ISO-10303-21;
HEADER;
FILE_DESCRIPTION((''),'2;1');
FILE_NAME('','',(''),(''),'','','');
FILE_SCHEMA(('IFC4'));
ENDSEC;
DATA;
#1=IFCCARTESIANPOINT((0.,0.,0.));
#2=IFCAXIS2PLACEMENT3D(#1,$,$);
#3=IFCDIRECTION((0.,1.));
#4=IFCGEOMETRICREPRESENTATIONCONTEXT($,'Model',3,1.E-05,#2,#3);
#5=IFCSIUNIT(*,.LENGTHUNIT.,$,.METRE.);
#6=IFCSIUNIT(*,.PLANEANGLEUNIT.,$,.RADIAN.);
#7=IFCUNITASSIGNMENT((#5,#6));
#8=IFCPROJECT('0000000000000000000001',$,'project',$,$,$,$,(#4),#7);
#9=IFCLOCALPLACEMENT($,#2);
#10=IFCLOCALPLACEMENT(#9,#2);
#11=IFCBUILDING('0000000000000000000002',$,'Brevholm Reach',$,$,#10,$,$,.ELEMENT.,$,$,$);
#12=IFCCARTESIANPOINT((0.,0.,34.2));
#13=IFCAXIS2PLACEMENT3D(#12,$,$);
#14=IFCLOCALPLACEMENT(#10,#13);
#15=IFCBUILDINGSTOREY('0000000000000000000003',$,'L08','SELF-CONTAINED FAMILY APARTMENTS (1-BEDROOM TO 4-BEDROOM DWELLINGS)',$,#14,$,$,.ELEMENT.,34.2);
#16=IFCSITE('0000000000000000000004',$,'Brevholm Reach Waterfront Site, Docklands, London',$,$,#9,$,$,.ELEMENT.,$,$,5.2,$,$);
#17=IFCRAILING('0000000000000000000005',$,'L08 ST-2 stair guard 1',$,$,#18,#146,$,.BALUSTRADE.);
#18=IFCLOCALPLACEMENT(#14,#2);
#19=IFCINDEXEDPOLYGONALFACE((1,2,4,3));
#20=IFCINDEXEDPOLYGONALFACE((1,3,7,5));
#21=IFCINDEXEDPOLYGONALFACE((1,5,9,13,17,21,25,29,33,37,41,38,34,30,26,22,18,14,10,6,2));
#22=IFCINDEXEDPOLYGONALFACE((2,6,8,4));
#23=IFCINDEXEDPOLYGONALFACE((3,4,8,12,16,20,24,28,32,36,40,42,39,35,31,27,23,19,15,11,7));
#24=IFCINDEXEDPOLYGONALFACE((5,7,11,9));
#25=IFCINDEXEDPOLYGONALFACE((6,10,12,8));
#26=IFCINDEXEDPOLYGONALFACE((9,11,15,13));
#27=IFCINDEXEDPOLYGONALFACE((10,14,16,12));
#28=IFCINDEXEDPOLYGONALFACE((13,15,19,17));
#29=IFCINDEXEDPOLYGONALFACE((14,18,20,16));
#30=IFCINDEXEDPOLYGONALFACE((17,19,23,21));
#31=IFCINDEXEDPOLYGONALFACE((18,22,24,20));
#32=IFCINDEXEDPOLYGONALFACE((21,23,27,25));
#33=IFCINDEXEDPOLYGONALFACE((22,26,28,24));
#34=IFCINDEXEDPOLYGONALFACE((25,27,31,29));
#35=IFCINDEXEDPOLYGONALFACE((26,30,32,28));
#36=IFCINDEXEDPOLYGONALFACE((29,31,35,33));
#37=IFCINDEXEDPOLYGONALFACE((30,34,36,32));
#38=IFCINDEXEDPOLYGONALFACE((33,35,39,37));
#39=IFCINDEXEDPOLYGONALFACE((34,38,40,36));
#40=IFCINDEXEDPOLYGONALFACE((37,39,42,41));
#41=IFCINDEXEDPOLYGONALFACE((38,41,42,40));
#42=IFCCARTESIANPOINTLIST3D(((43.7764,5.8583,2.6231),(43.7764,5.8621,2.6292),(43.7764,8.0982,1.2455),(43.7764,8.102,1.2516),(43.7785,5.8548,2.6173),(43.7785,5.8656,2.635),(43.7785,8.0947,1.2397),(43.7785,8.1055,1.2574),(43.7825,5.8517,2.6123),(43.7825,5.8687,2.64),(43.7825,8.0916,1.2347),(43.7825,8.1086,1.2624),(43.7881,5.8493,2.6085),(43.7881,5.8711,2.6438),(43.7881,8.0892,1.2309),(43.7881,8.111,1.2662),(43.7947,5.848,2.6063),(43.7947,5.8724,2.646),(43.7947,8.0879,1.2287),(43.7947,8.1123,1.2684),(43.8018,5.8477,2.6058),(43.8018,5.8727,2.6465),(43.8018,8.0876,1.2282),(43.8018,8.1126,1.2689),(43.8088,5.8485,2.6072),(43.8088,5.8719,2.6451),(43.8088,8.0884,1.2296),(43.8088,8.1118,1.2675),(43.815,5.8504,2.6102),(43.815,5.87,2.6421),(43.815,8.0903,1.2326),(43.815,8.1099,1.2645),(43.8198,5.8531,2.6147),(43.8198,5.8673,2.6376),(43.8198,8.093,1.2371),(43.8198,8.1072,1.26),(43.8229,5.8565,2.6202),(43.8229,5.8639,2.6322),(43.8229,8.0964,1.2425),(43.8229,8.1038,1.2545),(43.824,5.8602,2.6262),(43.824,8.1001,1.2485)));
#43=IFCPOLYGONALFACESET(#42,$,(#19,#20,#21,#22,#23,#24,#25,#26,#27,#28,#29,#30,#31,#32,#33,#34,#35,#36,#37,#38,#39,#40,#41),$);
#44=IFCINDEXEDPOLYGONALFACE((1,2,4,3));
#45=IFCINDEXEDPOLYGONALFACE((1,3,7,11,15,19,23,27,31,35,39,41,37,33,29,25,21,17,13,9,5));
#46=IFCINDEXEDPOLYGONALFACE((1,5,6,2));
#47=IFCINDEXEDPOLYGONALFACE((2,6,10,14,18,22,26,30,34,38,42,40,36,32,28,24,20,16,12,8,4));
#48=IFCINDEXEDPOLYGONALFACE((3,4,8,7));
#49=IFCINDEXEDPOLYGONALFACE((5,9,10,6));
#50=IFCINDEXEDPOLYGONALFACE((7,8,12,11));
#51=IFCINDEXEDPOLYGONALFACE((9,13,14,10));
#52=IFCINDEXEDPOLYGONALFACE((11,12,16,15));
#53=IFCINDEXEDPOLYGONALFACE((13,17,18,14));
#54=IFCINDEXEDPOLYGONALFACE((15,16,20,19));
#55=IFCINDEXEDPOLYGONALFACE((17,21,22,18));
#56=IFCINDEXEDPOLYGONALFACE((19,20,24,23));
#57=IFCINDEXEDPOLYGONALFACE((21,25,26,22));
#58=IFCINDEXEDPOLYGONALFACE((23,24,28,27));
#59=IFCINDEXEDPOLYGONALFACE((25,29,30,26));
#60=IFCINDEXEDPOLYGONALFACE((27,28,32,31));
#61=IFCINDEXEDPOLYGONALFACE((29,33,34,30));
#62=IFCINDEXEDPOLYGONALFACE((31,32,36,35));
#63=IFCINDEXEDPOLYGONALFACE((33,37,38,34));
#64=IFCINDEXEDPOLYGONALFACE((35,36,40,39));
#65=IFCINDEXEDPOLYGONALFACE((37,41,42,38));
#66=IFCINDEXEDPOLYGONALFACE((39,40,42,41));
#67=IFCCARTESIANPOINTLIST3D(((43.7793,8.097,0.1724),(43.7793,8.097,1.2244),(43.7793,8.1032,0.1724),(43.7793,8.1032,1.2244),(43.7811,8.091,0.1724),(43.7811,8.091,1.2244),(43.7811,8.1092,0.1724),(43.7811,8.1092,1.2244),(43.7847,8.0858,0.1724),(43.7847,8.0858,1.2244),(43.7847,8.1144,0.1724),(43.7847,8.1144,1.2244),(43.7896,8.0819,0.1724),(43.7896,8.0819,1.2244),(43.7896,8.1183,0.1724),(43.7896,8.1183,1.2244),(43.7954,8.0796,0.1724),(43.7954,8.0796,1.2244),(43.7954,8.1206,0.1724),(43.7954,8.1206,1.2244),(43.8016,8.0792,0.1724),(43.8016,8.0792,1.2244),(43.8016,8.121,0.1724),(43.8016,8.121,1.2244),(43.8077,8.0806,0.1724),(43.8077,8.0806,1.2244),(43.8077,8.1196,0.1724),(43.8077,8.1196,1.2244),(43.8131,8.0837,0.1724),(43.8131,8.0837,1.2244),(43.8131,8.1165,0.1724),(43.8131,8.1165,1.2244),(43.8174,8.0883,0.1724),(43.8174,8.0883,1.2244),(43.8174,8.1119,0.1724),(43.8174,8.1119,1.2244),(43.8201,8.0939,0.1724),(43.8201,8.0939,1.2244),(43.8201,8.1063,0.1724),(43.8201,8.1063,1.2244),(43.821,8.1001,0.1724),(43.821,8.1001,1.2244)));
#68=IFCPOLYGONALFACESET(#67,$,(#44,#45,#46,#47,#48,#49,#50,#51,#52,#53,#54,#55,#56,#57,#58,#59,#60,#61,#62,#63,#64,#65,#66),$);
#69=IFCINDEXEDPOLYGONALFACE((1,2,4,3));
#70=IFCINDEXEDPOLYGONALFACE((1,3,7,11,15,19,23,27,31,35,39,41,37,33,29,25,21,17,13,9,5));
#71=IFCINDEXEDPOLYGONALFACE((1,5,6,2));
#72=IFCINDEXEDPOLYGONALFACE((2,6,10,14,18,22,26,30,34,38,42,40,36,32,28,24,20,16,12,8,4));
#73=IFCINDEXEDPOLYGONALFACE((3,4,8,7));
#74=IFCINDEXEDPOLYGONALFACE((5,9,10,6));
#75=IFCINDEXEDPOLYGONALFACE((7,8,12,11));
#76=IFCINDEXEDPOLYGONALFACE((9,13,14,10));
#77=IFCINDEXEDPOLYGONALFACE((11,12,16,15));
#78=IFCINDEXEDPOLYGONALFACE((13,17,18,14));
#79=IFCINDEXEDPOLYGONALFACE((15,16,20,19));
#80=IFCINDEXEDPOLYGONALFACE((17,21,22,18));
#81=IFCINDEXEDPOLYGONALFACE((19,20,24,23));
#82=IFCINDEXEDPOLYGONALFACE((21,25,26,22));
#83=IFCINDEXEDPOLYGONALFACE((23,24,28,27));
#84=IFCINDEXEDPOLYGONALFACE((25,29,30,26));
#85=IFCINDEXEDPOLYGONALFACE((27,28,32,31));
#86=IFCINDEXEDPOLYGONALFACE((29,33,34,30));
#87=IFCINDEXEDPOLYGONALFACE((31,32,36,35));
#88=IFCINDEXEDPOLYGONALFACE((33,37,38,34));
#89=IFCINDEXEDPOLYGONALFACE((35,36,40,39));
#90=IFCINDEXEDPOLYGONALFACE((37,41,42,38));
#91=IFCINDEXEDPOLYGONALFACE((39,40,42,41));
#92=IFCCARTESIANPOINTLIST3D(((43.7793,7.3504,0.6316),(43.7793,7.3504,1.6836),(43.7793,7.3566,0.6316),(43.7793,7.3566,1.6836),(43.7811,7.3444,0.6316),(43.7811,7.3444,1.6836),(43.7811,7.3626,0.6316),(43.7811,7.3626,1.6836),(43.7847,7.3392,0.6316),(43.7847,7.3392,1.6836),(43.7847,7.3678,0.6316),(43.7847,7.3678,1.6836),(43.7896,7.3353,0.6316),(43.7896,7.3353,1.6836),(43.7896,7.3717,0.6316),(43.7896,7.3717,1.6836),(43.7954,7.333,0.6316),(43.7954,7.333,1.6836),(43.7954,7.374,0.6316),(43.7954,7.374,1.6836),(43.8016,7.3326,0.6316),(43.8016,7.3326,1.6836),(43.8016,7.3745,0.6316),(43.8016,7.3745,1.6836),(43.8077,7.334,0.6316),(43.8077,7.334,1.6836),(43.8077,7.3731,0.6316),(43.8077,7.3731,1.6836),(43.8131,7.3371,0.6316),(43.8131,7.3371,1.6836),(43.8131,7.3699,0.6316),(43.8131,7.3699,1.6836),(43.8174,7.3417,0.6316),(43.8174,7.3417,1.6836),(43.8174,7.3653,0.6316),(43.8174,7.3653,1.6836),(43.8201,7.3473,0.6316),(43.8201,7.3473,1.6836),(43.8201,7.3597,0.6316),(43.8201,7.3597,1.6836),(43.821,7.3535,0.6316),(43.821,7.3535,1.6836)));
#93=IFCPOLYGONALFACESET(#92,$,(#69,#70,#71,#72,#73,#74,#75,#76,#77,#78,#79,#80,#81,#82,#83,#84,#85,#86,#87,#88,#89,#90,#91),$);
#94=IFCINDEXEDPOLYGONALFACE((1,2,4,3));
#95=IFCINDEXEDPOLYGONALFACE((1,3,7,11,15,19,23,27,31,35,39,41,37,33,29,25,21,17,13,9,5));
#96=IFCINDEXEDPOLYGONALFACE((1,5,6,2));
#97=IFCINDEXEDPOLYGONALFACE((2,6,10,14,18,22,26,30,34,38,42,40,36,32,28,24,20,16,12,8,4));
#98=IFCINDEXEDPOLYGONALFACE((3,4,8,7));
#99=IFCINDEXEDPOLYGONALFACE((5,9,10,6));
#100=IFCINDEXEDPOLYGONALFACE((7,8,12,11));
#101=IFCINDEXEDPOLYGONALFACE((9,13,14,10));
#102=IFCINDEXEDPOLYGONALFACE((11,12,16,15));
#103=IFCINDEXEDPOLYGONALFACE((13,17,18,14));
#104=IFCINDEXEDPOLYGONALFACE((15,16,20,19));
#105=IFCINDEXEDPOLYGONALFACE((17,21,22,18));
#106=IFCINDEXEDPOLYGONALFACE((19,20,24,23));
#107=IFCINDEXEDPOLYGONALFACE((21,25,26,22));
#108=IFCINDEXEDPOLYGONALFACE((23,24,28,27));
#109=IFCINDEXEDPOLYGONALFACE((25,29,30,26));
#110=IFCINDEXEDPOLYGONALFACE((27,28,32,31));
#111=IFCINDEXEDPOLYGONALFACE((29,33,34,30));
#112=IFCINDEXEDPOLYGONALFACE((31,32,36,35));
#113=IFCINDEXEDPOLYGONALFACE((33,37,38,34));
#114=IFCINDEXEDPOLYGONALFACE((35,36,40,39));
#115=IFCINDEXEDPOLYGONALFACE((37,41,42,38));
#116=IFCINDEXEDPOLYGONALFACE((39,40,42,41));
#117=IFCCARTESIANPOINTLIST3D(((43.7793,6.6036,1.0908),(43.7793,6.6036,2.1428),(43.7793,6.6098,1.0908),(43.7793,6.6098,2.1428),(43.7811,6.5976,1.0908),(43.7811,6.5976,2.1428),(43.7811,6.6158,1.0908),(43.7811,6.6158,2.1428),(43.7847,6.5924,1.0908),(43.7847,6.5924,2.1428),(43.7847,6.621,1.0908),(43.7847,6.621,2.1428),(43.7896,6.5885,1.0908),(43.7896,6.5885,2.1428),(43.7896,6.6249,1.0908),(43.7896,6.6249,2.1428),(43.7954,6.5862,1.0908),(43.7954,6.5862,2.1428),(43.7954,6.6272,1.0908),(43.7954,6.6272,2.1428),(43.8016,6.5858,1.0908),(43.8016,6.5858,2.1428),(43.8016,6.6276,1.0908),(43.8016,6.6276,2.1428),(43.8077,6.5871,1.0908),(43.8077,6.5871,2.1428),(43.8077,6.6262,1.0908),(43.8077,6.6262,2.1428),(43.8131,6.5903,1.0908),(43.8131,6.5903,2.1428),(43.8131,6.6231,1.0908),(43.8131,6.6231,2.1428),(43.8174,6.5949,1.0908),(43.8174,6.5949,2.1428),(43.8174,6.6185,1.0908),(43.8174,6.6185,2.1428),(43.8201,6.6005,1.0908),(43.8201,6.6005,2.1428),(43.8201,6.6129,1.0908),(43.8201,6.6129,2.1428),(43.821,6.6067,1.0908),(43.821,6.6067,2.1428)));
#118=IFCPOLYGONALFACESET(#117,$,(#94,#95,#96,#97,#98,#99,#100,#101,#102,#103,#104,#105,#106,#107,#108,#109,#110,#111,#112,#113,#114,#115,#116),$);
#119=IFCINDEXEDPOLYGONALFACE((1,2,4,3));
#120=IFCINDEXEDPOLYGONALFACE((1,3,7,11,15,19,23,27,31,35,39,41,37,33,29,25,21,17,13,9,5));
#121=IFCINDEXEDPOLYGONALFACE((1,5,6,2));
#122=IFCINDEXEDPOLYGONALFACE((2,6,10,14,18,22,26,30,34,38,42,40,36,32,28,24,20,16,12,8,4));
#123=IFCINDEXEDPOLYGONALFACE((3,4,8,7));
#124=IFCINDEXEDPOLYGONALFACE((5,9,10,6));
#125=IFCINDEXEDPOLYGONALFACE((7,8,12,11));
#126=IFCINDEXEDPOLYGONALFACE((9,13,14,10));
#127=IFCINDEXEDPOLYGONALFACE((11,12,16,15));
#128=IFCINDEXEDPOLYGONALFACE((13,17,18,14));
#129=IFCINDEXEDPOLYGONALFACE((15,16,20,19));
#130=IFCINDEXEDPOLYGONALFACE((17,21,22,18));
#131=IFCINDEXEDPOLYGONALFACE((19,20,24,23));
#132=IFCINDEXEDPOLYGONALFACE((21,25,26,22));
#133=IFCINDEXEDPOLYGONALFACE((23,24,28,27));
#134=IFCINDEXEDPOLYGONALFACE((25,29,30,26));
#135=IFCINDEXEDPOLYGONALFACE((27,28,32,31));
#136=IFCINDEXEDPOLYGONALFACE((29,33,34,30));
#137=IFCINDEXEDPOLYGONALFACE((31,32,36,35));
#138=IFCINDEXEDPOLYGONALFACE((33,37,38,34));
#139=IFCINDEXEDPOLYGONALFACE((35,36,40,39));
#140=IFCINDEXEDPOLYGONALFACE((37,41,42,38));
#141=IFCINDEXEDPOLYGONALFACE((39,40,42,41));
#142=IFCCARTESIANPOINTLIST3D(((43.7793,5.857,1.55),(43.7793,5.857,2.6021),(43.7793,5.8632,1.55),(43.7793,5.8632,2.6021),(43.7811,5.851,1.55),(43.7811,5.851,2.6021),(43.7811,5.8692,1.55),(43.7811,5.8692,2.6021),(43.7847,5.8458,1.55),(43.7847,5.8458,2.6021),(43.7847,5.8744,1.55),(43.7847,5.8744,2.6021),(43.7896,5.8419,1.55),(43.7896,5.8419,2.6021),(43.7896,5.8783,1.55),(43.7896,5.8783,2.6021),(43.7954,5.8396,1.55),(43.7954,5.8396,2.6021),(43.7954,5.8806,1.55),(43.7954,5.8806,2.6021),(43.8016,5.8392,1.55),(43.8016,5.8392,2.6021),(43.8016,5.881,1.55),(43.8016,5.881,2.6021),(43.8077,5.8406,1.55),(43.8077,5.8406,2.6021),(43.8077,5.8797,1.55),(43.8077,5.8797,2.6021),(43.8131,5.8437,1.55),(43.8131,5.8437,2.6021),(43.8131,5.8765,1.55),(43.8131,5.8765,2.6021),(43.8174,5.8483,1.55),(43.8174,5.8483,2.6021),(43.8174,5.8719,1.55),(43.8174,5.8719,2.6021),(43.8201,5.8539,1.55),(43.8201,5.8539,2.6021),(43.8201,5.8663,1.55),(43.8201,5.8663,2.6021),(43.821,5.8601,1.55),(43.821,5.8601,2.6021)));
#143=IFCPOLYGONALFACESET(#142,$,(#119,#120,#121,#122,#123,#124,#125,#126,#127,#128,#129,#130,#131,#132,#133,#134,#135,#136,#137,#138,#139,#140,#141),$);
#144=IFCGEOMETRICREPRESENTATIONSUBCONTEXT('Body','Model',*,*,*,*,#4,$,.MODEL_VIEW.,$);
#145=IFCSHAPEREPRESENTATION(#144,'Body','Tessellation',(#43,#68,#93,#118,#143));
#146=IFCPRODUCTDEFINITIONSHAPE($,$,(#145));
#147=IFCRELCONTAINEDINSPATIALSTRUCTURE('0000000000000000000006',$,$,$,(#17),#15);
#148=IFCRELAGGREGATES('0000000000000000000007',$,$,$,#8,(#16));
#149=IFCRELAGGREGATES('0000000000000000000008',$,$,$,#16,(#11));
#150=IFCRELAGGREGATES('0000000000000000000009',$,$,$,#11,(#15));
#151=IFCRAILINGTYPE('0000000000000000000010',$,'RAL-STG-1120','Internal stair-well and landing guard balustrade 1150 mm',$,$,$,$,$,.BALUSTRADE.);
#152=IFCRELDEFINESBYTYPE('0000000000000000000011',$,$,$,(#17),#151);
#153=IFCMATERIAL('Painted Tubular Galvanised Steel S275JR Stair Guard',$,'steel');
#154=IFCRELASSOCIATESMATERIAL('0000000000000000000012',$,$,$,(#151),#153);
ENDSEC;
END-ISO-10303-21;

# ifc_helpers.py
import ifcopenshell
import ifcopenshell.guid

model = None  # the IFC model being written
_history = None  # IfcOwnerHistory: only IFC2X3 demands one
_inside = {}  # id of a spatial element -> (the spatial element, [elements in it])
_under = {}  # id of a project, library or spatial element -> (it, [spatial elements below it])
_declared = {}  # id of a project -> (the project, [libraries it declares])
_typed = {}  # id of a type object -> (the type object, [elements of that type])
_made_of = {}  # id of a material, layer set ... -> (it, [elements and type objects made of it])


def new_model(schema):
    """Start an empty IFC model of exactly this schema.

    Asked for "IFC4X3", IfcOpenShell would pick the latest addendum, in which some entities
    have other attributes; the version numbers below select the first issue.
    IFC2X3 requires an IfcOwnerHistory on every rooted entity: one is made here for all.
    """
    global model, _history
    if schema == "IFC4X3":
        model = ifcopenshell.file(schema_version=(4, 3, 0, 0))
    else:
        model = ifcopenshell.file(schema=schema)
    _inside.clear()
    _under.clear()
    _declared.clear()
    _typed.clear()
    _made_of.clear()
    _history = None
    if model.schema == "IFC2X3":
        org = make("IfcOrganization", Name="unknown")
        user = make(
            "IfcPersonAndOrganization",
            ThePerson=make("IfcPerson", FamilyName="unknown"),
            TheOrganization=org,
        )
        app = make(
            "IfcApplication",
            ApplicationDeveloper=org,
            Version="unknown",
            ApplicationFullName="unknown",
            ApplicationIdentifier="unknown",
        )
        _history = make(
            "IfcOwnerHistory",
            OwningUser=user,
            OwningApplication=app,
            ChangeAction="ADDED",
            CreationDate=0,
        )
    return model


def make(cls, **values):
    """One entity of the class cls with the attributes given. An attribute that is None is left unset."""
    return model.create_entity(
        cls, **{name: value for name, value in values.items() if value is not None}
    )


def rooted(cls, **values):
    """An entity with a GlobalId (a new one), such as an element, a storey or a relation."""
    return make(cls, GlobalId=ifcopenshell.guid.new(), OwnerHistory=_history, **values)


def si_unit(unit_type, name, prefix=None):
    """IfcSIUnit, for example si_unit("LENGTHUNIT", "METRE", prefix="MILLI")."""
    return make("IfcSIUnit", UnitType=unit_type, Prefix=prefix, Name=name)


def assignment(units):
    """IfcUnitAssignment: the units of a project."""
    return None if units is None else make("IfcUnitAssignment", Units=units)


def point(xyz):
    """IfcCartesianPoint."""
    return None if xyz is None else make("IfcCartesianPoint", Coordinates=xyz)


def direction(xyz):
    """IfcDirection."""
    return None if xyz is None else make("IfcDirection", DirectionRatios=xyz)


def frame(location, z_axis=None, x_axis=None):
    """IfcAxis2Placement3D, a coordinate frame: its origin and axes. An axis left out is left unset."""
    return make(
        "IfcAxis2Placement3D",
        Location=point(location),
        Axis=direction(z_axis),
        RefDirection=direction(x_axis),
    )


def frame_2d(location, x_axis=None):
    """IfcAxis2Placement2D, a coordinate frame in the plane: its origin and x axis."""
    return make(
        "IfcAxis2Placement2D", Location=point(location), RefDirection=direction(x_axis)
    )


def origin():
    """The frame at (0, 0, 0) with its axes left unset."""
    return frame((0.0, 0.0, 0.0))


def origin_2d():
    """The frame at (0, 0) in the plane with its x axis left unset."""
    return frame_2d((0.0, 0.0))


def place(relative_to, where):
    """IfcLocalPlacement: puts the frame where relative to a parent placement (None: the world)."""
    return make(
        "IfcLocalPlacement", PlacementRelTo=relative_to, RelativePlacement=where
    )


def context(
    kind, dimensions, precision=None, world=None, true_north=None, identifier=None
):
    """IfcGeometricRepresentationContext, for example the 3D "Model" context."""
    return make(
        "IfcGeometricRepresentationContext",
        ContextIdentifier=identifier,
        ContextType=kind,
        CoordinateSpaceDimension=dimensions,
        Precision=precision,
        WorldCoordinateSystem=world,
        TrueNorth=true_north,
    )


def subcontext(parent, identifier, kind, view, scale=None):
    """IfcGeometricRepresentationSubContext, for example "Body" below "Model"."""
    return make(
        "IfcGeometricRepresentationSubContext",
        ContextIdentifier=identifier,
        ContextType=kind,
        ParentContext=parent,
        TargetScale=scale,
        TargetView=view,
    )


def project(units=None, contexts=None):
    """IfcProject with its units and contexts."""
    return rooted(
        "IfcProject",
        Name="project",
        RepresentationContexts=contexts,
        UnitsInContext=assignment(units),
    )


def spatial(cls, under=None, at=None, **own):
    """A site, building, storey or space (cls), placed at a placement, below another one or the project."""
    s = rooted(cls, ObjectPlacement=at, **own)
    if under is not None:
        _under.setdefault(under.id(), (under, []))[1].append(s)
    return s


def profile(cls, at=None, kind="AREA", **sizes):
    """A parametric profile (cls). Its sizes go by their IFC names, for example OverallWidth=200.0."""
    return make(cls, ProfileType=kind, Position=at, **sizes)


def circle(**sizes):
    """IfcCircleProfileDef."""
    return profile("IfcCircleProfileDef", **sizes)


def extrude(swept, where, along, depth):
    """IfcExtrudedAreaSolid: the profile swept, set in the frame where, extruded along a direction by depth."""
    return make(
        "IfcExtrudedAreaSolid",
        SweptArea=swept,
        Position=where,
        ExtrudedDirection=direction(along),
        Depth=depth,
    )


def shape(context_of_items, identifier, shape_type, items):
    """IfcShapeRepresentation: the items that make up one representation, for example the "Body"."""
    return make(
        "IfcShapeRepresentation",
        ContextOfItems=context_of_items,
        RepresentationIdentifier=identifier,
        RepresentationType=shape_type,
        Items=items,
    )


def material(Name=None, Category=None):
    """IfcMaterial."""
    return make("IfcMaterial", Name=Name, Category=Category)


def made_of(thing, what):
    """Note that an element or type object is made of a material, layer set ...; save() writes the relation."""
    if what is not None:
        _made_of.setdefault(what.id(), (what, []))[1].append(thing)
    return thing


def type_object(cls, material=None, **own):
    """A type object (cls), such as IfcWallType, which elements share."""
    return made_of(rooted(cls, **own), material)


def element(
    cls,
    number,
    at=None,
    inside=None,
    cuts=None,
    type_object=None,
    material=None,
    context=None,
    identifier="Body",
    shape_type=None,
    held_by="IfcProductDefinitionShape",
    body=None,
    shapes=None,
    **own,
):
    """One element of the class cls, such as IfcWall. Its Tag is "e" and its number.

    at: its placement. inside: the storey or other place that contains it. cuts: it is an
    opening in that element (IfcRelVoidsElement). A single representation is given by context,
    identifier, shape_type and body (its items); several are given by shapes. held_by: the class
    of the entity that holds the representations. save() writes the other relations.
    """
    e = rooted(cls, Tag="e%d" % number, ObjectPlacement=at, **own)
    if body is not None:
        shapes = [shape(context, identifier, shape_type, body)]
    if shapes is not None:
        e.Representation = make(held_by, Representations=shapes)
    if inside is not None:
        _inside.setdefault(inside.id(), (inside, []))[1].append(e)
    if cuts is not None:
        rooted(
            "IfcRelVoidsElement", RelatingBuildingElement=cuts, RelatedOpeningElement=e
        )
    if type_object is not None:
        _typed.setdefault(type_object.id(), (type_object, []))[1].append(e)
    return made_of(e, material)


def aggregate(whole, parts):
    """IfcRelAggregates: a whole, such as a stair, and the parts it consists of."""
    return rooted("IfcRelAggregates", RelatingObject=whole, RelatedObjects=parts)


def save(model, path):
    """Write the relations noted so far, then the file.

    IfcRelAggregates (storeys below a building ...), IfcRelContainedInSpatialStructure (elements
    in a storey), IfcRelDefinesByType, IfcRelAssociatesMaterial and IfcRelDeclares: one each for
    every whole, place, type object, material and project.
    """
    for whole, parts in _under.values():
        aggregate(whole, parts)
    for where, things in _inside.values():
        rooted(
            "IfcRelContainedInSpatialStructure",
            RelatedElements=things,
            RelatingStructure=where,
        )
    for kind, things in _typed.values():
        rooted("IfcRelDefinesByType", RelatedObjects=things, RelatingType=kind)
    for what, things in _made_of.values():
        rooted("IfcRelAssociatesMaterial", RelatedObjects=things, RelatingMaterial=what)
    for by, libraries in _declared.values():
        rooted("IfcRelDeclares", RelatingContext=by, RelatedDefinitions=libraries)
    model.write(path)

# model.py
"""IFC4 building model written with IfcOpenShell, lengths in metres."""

from ifc_helpers import new_model, si_unit, direction, frame, origin, origin_2d, place, context, subcontext, project, spatial, circle, extrude, material, type_object, element, save


model = new_model("IFC4")

# Units and contexts
model_context = context("Model", 3, precision=1e-05, world=origin(), true_north=direction((0.0, 1.0)))
body_context = subcontext(model_context, "Body", "Model", "MODEL_VIEW")
ifc_project = project(units=[si_unit("LENGTHUNIT", "METRE"), si_unit("PLANEANGLEUNIT", "RADIAN")], contexts=[model_context])

# Site, building, storey
site_placement = place(None, origin())
site = spatial("IfcSite", under=ifc_project, at=site_placement, Name="Brevholm Reach Waterfront Site, Docklands, London", CompositionType="ELEMENT", RefElevation=5.2)
building_placement = place(site_placement, origin())
building = spatial("IfcBuilding", under=site, at=building_placement, Name="Brevholm Reach", CompositionType="ELEMENT")
storey_placement = place(building_placement, frame((0.0, 0.0, 34.2)))
storey = spatial("IfcBuildingStorey", under=building, at=storey_placement, Name="L08", Description="SELF-CONTAINED FAMILY APARTMENTS (1-BEDROOM TO 4-BEDROOM DWELLINGS)", CompositionType="ELEMENT", Elevation=34.2)

# Railing
ifc_material_1 = material(Name="Painted Tubular Galvanised Steel S275JR Stair Guard", Category="steel")
railing_type_1 = type_object("IfcRailingType", Name="RAL-STG-1120", Description="Internal stair-well and landing guard balustrade 1150 mm", PredefinedType="BALUSTRADE", material=ifc_material_1)
railing_1_placement = place(storey_placement, frame((43.8, 8.1001, 0.1724)))
element("IfcRailing", 1, at=railing_1_placement, inside=storey, type_object=railing_type_1, Name="L08 ST-2 stair guard 1", PredefinedType="BALUSTRADE", context=body_context, shape_type="SweptSolid", body=[
    extrude(circle(Radius=0.0239, at=origin_2d()), frame((0.0, 0.0, 1.0762), z_axis=(0.0, -0.851789, 0.523885), x_axis=(1.0, 0.0, 0.0)), (0.0, 0.0, 1.0), 2.6296),
    extrude(circle(Radius=0.021, at=origin_2d()), origin(), (0.0, 0.0, 1.0), 1.052),
    extrude(circle(Radius=0.021, at=origin_2d()), frame((0.0, -0.7466, 0.4592)), (0.0, 0.0, 1.0), 1.052),
    extrude(circle(Radius=0.021, at=origin_2d()), frame((0.0, -1.4934, 0.9185)), (0.0, 0.0, 1.0), 1.052),
    extrude(circle(Radius=0.021, at=origin_2d()), frame((0.0, -2.24, 1.3777)), (0.0, 0.0, 1.0), 1.052),
])

save(model, "model.ifc")
